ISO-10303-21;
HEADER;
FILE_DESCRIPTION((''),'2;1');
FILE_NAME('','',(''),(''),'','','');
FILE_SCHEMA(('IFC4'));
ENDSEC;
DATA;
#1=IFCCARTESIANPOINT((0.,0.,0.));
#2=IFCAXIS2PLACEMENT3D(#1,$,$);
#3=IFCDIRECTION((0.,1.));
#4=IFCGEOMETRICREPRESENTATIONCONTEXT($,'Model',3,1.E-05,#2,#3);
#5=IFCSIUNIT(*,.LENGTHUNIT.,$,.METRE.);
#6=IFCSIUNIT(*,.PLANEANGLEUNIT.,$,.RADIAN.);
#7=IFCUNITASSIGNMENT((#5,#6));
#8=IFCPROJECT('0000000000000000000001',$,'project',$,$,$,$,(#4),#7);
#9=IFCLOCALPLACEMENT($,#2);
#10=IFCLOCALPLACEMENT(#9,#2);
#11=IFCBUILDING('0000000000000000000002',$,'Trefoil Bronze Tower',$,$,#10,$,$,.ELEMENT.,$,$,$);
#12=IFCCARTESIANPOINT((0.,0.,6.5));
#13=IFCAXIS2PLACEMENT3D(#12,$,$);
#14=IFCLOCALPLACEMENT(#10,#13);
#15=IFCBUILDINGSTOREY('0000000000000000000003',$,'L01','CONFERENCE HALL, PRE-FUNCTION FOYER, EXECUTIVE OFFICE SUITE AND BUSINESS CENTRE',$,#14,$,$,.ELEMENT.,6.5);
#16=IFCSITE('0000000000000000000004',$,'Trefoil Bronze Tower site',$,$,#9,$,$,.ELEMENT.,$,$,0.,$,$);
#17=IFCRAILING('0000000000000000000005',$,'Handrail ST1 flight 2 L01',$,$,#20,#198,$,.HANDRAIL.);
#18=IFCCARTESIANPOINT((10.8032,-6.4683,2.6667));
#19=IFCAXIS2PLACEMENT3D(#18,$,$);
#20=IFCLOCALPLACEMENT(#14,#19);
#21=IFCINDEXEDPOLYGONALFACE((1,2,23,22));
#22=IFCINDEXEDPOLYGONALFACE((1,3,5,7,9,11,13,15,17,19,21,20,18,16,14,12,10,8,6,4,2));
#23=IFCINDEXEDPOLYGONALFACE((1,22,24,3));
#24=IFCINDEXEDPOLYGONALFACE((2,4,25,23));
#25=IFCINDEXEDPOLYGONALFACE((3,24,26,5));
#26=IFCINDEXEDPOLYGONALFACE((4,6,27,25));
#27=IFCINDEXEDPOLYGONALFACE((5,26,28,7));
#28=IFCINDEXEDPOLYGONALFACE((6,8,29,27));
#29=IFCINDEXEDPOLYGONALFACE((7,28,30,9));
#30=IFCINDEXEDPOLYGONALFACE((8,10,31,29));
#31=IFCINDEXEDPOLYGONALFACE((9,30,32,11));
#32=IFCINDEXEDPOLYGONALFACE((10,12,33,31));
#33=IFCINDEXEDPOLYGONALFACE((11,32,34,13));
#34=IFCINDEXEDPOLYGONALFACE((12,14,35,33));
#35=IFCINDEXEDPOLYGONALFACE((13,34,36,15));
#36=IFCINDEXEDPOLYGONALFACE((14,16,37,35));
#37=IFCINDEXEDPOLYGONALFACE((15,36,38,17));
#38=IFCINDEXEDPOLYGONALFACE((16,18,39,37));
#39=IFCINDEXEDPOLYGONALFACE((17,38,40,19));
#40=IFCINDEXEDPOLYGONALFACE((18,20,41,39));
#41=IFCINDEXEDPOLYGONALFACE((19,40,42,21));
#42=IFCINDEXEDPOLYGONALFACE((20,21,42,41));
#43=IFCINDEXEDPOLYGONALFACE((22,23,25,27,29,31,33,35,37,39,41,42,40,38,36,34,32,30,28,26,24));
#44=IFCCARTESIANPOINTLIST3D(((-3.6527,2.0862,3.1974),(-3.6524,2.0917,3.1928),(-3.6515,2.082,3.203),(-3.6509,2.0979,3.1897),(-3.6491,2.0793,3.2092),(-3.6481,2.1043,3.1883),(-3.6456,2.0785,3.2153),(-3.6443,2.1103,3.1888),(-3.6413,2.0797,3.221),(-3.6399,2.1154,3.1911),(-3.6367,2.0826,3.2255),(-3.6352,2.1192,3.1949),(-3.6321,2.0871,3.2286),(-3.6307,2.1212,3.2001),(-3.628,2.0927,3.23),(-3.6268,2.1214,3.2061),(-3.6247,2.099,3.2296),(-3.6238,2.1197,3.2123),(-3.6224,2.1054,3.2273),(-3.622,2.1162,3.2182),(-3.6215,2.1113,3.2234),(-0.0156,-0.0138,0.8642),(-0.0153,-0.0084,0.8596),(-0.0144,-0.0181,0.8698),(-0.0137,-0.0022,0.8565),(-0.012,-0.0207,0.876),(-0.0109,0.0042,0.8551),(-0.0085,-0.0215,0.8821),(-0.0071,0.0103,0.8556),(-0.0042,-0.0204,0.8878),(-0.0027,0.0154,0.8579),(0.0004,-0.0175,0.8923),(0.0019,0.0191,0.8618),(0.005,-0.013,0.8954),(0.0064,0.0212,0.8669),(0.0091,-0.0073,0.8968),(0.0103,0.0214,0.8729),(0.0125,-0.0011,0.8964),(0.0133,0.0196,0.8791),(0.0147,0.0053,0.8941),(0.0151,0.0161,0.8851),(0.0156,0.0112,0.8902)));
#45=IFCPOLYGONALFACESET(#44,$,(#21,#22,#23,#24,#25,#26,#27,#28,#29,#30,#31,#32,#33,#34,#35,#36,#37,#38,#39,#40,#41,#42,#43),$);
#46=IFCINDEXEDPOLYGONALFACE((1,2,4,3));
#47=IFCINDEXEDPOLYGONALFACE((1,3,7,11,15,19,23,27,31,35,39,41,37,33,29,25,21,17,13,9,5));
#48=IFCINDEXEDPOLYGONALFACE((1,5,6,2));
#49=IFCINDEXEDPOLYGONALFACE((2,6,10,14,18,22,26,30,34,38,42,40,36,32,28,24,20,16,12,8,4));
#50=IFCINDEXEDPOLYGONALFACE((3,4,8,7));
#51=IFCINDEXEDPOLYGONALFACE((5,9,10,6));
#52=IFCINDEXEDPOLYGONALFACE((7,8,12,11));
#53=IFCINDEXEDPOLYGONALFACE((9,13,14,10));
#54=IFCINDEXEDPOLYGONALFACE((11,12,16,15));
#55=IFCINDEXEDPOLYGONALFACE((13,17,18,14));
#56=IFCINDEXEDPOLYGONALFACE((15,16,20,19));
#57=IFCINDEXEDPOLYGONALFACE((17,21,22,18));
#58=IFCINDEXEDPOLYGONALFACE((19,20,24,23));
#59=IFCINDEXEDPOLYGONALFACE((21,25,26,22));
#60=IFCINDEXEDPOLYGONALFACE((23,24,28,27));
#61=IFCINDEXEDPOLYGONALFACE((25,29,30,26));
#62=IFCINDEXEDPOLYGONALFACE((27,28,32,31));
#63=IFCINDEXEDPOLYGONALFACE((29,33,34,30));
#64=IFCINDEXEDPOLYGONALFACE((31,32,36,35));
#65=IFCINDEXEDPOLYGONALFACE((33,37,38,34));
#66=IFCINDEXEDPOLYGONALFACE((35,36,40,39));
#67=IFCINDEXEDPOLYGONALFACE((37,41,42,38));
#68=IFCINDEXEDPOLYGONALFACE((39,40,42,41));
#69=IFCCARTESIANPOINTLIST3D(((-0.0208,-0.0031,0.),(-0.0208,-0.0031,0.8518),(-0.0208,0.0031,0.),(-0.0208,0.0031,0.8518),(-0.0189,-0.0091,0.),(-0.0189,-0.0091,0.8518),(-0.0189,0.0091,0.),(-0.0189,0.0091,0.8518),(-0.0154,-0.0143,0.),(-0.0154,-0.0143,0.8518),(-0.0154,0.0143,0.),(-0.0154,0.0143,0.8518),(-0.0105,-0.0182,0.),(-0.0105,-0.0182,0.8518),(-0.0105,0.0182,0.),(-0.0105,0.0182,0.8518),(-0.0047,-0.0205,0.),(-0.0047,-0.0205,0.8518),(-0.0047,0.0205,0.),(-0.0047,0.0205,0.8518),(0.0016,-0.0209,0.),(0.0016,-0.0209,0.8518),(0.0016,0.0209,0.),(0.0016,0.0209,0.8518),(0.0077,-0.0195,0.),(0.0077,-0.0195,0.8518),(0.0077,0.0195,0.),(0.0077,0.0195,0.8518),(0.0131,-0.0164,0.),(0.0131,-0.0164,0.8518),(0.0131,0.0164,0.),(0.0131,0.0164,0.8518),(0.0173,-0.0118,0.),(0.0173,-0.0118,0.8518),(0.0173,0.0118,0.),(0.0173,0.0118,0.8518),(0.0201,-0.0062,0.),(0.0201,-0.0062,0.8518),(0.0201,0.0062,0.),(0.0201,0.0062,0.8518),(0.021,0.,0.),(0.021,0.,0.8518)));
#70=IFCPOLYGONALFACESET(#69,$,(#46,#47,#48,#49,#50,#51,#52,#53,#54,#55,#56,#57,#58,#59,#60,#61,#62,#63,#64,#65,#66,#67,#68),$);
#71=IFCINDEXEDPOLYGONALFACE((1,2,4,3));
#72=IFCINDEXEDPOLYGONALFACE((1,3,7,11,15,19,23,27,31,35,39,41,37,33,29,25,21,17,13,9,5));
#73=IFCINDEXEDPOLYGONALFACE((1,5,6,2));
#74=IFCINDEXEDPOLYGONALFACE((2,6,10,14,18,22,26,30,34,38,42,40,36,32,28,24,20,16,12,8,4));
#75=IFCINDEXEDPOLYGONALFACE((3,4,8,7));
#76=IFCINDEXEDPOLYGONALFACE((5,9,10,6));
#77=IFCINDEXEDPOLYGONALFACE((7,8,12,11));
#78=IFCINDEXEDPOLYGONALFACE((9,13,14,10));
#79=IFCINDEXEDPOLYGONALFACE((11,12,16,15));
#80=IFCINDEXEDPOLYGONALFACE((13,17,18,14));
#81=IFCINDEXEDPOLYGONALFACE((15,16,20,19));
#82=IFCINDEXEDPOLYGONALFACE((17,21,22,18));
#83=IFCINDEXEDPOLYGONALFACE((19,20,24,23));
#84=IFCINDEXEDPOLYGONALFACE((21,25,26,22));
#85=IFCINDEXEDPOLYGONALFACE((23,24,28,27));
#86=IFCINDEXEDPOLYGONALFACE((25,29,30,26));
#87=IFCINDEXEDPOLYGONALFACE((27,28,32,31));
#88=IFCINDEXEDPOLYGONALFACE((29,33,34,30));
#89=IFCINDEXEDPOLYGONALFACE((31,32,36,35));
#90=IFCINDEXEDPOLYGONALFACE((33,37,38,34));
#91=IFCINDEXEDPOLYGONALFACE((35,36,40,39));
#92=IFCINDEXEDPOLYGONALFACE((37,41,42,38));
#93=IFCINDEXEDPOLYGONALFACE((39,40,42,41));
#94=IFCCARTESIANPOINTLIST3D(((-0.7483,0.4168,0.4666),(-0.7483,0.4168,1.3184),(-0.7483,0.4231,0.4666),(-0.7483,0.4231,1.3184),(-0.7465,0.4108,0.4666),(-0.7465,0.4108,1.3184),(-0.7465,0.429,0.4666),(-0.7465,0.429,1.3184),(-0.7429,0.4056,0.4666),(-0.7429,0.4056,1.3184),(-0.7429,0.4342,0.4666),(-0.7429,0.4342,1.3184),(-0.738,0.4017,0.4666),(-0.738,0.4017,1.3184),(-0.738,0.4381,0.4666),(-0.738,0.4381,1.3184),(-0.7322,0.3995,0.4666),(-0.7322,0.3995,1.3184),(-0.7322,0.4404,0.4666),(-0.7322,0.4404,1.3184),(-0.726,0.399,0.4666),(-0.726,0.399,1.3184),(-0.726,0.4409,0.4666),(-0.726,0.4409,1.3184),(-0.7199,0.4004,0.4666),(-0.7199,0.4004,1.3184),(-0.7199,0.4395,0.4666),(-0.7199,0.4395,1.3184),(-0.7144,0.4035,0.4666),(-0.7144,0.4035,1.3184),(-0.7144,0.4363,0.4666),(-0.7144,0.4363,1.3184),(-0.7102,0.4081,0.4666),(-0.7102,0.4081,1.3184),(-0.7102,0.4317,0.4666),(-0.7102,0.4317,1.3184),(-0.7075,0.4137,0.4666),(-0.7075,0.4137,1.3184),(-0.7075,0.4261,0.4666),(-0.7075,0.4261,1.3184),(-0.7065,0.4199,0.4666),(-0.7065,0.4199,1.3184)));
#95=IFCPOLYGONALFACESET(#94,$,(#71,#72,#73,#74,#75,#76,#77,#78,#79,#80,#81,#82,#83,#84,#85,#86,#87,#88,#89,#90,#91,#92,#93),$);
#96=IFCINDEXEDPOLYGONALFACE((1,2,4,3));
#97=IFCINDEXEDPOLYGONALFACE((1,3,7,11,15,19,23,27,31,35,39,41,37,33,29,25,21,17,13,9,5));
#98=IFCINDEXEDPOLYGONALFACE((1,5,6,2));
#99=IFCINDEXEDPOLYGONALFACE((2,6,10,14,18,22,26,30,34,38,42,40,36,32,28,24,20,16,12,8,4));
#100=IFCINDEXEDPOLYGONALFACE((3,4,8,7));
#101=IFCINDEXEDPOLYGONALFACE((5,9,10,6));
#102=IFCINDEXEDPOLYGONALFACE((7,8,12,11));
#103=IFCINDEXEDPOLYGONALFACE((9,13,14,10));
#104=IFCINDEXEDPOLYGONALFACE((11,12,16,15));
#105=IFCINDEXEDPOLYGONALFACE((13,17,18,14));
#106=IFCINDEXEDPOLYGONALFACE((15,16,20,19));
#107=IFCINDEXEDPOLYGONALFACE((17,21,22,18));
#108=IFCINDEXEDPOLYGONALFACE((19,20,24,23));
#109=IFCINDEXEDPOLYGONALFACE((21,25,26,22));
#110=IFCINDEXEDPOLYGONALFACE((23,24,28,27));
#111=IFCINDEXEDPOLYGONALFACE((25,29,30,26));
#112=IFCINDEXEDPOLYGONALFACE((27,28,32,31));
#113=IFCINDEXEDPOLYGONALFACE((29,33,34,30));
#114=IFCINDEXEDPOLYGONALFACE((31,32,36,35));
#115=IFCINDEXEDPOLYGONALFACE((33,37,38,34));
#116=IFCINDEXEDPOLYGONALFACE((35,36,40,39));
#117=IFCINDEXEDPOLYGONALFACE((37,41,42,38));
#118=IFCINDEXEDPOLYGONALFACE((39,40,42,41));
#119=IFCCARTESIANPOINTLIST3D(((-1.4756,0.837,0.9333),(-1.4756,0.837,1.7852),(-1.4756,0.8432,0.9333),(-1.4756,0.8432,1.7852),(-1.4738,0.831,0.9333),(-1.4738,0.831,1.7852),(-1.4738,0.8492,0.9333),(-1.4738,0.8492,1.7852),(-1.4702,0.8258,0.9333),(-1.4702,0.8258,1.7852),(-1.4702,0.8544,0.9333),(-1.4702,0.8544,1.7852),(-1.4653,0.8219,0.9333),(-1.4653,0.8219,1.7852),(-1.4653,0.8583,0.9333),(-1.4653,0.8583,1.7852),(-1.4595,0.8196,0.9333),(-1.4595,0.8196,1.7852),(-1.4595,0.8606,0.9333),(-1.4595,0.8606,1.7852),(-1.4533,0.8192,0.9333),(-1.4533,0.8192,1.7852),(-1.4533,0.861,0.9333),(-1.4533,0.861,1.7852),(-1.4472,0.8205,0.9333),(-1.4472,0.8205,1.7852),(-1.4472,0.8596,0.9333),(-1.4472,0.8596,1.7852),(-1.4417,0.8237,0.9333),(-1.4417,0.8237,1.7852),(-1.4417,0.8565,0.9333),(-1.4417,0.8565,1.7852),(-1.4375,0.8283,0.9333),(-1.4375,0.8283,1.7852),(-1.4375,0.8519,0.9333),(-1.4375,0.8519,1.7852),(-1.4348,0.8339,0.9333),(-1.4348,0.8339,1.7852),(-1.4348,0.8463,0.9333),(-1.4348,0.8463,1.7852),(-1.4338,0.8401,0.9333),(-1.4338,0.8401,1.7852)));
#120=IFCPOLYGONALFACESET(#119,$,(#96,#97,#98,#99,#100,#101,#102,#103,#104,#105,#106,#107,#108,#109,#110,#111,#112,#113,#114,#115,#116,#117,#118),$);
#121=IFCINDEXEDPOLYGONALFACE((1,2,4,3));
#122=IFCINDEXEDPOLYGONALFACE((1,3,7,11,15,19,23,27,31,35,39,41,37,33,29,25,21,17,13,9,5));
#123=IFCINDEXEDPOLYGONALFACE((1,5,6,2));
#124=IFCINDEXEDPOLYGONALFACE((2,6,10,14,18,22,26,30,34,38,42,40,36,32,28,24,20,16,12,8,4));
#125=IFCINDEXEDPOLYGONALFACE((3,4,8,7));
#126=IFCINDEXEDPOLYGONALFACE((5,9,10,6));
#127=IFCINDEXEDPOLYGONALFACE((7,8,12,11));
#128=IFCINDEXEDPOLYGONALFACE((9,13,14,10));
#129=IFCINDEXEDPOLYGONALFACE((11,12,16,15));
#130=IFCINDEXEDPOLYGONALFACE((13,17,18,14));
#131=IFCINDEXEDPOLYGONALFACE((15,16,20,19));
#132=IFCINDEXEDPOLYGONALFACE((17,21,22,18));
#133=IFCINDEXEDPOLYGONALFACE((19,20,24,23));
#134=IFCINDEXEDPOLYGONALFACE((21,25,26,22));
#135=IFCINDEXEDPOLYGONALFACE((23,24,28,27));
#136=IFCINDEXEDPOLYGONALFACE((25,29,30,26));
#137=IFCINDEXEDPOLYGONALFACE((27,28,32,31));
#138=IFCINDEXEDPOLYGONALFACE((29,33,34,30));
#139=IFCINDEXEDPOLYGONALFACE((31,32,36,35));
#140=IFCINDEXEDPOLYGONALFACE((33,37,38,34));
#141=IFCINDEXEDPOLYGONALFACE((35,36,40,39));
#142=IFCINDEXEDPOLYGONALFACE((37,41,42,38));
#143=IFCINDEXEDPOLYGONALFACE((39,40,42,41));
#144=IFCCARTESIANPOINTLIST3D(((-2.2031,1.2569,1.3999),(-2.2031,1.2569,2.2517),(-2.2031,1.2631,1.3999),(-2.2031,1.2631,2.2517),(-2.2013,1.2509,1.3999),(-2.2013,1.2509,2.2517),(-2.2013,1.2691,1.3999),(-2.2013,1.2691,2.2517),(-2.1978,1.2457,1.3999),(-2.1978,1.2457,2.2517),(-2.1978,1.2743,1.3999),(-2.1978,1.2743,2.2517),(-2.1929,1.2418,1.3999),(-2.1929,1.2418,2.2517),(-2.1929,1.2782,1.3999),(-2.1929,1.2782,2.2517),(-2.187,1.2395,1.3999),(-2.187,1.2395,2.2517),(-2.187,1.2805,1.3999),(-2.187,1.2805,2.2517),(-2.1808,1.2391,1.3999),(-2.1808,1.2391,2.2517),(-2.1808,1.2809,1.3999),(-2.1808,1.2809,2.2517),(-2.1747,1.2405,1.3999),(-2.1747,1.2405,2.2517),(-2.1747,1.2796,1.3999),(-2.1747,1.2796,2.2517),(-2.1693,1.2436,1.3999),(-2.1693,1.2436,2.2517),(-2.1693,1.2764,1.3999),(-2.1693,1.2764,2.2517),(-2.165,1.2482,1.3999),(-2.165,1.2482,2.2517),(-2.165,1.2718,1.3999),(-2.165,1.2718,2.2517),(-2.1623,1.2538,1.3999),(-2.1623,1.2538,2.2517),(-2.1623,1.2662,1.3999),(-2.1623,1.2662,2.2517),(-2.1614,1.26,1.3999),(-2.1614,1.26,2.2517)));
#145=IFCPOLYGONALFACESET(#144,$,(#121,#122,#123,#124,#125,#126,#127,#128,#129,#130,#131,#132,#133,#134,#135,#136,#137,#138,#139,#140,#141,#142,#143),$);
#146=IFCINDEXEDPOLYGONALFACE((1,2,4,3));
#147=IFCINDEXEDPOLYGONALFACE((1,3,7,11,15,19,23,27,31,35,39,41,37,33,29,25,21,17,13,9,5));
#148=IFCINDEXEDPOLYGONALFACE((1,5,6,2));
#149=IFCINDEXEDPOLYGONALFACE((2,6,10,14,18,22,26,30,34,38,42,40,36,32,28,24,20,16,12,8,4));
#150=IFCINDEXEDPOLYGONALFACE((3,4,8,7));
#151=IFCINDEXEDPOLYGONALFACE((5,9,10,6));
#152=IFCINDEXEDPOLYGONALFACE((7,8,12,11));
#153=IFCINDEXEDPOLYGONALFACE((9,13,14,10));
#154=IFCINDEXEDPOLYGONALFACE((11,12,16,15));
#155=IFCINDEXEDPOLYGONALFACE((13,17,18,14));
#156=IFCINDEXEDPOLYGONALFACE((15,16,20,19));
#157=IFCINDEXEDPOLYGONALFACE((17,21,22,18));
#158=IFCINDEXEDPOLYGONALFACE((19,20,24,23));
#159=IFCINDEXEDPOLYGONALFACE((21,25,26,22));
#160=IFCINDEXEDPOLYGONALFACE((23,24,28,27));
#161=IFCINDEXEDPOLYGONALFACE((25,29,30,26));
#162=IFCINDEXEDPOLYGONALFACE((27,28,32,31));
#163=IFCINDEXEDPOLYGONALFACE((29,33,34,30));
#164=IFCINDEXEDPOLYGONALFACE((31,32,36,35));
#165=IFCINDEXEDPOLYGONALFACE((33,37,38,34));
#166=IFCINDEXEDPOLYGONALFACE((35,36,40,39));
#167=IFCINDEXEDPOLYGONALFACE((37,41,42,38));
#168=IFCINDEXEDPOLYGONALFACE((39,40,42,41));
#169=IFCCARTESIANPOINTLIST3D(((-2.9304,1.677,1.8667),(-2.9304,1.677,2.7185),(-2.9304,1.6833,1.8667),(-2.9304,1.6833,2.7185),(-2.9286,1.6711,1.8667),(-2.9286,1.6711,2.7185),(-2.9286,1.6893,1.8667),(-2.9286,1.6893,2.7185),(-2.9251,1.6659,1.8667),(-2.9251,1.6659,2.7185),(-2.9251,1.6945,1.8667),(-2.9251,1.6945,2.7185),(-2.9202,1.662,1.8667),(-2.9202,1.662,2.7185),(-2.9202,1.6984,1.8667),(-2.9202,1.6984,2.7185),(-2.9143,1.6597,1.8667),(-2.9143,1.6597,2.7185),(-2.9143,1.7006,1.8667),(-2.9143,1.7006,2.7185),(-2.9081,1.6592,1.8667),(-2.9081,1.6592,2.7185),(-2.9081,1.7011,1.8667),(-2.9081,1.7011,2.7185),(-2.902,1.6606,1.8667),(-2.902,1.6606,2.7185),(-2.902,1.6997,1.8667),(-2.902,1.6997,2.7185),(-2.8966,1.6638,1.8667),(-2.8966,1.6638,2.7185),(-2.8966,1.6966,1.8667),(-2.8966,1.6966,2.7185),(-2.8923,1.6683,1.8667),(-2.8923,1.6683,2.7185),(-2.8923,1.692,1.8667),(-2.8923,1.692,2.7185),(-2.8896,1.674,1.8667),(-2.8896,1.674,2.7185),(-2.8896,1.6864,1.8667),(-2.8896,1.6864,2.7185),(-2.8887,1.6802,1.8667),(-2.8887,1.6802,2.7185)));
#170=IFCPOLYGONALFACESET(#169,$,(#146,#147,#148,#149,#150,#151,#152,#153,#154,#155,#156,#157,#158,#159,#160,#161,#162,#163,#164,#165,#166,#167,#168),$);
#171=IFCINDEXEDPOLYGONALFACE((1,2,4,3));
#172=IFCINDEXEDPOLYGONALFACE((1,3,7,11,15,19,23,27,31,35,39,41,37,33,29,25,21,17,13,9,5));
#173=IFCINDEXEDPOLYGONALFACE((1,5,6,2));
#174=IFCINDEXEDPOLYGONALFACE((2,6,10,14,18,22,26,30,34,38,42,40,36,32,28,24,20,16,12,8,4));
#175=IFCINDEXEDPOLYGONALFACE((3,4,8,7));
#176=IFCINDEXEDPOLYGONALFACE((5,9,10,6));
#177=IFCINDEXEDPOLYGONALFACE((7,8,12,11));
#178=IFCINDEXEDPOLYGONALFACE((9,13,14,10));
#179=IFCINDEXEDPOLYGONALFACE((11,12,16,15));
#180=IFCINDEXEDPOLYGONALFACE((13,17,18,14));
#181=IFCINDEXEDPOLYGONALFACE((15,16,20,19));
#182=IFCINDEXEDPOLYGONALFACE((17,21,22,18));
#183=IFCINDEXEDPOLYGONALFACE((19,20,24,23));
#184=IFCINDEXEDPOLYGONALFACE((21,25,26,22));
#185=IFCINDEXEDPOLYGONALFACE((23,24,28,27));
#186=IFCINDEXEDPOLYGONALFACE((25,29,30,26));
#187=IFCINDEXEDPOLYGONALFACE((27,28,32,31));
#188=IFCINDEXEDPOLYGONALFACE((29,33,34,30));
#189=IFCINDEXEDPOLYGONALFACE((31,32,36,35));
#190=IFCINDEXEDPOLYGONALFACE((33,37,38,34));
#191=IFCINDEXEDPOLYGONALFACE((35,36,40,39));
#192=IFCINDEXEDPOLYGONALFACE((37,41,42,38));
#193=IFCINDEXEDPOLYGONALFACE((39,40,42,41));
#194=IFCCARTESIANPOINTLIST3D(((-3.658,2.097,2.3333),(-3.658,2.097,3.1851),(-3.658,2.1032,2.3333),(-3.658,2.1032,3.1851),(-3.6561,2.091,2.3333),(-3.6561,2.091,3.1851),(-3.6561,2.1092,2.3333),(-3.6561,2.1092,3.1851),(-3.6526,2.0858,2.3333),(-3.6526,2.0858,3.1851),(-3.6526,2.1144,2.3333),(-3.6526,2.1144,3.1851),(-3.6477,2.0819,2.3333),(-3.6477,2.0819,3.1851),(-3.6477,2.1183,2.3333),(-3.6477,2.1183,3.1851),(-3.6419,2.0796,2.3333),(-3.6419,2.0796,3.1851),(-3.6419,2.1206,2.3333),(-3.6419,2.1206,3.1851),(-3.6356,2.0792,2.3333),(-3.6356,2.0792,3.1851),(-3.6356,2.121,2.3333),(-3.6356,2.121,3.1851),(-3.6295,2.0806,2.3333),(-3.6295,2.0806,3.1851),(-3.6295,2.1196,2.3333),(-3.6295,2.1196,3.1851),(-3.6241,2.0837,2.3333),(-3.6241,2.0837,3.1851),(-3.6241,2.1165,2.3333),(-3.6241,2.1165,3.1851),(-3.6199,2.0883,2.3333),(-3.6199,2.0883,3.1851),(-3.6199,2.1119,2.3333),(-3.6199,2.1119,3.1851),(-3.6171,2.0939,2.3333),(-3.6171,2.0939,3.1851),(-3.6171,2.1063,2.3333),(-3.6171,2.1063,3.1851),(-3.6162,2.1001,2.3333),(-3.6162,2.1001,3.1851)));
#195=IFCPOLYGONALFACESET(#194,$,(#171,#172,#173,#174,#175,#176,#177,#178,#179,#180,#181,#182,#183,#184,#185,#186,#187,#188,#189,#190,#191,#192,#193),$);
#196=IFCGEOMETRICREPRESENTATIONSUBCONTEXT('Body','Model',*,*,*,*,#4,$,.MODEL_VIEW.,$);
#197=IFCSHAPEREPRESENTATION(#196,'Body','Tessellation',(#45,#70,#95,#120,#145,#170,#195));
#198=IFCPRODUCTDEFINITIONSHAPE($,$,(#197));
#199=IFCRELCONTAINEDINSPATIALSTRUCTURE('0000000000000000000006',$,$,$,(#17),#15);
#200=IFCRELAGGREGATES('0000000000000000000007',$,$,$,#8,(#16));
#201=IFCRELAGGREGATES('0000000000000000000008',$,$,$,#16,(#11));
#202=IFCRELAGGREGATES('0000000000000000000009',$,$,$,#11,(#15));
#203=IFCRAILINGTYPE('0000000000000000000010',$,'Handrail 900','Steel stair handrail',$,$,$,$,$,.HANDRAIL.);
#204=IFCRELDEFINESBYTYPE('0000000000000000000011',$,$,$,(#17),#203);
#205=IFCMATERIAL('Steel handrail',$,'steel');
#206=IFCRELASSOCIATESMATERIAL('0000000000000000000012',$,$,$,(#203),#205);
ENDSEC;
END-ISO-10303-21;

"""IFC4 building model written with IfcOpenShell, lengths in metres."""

from ifc_helpers import new_model, si_unit, direction, frame, origin, origin_2d, place, context, subcontext, project, spatial, circle, extrude, material, type_object, element, save


model = new_model("IFC4")

# Units and contexts
model_context = context("Model", 3, precision=1e-05, world=origin(), true_north=direction((0.0, 1.0)))
body_context = subcontext(model_context, "Body", "Model", "MODEL_VIEW")
ifc_project = project(units=[si_unit("LENGTHUNIT", "METRE"), si_unit("PLANEANGLEUNIT", "RADIAN")], contexts=[model_context])

# Site, building, storey
site_placement = place(None, origin())
site = spatial("IfcSite", under=ifc_project, at=site_placement, Name="Trefoil Bronze Tower site", CompositionType="ELEMENT", RefElevation=0.0)
building_placement = place(site_placement, origin())
building = spatial("IfcBuilding", under=site, at=building_placement, Name="Trefoil Bronze Tower", CompositionType="ELEMENT")
storey_placement = place(building_placement, frame((0.0, 0.0, 6.5)))
storey = spatial("IfcBuildingStorey", under=building, at=storey_placement, Name="L01", Description="CONFERENCE HALL, PRE-FUNCTION FOYER, EXECUTIVE OFFICE SUITE AND BUSINESS CENTRE", CompositionType="ELEMENT", Elevation=6.5)

# Railing
ifc_material_1 = material(Name="Steel handrail", Category="steel")
railing_type = type_object("IfcRailingType", Name="Handrail 900", Description="Steel stair handrail", PredefinedType="HANDRAIL", material=ifc_material_1)
railing_placement = place(storey_placement, frame((10.8032, -6.4683, 2.6667)))
element("IfcRailing", 1, at=railing_placement, inside=storey, type_object=railing_type, Name="Handrail ST1 flight 2 L01", PredefinedType="HANDRAIL", context=body_context, shape_type="SweptSolid", body=[
    extrude(circle(Radius=0.0239, at=origin_2d()), frame((0.0, 0.0, 0.876), z_axis=(-0.757033, 0.437106, 0.485633), x_axis=(-0.500028, -0.866009, 0.0)), (0.0, 0.0, 1.0), 4.8044),
    extrude(circle(Radius=0.021, at=origin_2d()), origin(), (0.0, 0.0, 1.0), 0.8518),
    extrude(circle(Radius=0.021, at=origin_2d()), frame((-0.7275, 0.4199, 0.4666)), (0.0, 0.0, 1.0), 0.8518),
    extrude(circle(Radius=0.021, at=origin_2d()), frame((-1.4548, 0.8401, 0.9333)), (0.0, 0.0, 1.0), 0.8518),
    extrude(circle(Radius=0.021, at=origin_2d()), frame((-2.1824, 1.26, 1.3999)), (0.0, 0.0, 1.0), 0.8518),
    extrude(circle(Radius=0.021, at=origin_2d()), frame((-2.9097, 1.6802, 1.8667)), (0.0, 0.0, 1.0), 0.8518),
    extrude(circle(Radius=0.021, at=origin_2d()), frame((-3.6372, 2.1001, 2.3333)), (0.0, 0.0, 1.0), 0.8518),
])

save(model, "model.ifc")
